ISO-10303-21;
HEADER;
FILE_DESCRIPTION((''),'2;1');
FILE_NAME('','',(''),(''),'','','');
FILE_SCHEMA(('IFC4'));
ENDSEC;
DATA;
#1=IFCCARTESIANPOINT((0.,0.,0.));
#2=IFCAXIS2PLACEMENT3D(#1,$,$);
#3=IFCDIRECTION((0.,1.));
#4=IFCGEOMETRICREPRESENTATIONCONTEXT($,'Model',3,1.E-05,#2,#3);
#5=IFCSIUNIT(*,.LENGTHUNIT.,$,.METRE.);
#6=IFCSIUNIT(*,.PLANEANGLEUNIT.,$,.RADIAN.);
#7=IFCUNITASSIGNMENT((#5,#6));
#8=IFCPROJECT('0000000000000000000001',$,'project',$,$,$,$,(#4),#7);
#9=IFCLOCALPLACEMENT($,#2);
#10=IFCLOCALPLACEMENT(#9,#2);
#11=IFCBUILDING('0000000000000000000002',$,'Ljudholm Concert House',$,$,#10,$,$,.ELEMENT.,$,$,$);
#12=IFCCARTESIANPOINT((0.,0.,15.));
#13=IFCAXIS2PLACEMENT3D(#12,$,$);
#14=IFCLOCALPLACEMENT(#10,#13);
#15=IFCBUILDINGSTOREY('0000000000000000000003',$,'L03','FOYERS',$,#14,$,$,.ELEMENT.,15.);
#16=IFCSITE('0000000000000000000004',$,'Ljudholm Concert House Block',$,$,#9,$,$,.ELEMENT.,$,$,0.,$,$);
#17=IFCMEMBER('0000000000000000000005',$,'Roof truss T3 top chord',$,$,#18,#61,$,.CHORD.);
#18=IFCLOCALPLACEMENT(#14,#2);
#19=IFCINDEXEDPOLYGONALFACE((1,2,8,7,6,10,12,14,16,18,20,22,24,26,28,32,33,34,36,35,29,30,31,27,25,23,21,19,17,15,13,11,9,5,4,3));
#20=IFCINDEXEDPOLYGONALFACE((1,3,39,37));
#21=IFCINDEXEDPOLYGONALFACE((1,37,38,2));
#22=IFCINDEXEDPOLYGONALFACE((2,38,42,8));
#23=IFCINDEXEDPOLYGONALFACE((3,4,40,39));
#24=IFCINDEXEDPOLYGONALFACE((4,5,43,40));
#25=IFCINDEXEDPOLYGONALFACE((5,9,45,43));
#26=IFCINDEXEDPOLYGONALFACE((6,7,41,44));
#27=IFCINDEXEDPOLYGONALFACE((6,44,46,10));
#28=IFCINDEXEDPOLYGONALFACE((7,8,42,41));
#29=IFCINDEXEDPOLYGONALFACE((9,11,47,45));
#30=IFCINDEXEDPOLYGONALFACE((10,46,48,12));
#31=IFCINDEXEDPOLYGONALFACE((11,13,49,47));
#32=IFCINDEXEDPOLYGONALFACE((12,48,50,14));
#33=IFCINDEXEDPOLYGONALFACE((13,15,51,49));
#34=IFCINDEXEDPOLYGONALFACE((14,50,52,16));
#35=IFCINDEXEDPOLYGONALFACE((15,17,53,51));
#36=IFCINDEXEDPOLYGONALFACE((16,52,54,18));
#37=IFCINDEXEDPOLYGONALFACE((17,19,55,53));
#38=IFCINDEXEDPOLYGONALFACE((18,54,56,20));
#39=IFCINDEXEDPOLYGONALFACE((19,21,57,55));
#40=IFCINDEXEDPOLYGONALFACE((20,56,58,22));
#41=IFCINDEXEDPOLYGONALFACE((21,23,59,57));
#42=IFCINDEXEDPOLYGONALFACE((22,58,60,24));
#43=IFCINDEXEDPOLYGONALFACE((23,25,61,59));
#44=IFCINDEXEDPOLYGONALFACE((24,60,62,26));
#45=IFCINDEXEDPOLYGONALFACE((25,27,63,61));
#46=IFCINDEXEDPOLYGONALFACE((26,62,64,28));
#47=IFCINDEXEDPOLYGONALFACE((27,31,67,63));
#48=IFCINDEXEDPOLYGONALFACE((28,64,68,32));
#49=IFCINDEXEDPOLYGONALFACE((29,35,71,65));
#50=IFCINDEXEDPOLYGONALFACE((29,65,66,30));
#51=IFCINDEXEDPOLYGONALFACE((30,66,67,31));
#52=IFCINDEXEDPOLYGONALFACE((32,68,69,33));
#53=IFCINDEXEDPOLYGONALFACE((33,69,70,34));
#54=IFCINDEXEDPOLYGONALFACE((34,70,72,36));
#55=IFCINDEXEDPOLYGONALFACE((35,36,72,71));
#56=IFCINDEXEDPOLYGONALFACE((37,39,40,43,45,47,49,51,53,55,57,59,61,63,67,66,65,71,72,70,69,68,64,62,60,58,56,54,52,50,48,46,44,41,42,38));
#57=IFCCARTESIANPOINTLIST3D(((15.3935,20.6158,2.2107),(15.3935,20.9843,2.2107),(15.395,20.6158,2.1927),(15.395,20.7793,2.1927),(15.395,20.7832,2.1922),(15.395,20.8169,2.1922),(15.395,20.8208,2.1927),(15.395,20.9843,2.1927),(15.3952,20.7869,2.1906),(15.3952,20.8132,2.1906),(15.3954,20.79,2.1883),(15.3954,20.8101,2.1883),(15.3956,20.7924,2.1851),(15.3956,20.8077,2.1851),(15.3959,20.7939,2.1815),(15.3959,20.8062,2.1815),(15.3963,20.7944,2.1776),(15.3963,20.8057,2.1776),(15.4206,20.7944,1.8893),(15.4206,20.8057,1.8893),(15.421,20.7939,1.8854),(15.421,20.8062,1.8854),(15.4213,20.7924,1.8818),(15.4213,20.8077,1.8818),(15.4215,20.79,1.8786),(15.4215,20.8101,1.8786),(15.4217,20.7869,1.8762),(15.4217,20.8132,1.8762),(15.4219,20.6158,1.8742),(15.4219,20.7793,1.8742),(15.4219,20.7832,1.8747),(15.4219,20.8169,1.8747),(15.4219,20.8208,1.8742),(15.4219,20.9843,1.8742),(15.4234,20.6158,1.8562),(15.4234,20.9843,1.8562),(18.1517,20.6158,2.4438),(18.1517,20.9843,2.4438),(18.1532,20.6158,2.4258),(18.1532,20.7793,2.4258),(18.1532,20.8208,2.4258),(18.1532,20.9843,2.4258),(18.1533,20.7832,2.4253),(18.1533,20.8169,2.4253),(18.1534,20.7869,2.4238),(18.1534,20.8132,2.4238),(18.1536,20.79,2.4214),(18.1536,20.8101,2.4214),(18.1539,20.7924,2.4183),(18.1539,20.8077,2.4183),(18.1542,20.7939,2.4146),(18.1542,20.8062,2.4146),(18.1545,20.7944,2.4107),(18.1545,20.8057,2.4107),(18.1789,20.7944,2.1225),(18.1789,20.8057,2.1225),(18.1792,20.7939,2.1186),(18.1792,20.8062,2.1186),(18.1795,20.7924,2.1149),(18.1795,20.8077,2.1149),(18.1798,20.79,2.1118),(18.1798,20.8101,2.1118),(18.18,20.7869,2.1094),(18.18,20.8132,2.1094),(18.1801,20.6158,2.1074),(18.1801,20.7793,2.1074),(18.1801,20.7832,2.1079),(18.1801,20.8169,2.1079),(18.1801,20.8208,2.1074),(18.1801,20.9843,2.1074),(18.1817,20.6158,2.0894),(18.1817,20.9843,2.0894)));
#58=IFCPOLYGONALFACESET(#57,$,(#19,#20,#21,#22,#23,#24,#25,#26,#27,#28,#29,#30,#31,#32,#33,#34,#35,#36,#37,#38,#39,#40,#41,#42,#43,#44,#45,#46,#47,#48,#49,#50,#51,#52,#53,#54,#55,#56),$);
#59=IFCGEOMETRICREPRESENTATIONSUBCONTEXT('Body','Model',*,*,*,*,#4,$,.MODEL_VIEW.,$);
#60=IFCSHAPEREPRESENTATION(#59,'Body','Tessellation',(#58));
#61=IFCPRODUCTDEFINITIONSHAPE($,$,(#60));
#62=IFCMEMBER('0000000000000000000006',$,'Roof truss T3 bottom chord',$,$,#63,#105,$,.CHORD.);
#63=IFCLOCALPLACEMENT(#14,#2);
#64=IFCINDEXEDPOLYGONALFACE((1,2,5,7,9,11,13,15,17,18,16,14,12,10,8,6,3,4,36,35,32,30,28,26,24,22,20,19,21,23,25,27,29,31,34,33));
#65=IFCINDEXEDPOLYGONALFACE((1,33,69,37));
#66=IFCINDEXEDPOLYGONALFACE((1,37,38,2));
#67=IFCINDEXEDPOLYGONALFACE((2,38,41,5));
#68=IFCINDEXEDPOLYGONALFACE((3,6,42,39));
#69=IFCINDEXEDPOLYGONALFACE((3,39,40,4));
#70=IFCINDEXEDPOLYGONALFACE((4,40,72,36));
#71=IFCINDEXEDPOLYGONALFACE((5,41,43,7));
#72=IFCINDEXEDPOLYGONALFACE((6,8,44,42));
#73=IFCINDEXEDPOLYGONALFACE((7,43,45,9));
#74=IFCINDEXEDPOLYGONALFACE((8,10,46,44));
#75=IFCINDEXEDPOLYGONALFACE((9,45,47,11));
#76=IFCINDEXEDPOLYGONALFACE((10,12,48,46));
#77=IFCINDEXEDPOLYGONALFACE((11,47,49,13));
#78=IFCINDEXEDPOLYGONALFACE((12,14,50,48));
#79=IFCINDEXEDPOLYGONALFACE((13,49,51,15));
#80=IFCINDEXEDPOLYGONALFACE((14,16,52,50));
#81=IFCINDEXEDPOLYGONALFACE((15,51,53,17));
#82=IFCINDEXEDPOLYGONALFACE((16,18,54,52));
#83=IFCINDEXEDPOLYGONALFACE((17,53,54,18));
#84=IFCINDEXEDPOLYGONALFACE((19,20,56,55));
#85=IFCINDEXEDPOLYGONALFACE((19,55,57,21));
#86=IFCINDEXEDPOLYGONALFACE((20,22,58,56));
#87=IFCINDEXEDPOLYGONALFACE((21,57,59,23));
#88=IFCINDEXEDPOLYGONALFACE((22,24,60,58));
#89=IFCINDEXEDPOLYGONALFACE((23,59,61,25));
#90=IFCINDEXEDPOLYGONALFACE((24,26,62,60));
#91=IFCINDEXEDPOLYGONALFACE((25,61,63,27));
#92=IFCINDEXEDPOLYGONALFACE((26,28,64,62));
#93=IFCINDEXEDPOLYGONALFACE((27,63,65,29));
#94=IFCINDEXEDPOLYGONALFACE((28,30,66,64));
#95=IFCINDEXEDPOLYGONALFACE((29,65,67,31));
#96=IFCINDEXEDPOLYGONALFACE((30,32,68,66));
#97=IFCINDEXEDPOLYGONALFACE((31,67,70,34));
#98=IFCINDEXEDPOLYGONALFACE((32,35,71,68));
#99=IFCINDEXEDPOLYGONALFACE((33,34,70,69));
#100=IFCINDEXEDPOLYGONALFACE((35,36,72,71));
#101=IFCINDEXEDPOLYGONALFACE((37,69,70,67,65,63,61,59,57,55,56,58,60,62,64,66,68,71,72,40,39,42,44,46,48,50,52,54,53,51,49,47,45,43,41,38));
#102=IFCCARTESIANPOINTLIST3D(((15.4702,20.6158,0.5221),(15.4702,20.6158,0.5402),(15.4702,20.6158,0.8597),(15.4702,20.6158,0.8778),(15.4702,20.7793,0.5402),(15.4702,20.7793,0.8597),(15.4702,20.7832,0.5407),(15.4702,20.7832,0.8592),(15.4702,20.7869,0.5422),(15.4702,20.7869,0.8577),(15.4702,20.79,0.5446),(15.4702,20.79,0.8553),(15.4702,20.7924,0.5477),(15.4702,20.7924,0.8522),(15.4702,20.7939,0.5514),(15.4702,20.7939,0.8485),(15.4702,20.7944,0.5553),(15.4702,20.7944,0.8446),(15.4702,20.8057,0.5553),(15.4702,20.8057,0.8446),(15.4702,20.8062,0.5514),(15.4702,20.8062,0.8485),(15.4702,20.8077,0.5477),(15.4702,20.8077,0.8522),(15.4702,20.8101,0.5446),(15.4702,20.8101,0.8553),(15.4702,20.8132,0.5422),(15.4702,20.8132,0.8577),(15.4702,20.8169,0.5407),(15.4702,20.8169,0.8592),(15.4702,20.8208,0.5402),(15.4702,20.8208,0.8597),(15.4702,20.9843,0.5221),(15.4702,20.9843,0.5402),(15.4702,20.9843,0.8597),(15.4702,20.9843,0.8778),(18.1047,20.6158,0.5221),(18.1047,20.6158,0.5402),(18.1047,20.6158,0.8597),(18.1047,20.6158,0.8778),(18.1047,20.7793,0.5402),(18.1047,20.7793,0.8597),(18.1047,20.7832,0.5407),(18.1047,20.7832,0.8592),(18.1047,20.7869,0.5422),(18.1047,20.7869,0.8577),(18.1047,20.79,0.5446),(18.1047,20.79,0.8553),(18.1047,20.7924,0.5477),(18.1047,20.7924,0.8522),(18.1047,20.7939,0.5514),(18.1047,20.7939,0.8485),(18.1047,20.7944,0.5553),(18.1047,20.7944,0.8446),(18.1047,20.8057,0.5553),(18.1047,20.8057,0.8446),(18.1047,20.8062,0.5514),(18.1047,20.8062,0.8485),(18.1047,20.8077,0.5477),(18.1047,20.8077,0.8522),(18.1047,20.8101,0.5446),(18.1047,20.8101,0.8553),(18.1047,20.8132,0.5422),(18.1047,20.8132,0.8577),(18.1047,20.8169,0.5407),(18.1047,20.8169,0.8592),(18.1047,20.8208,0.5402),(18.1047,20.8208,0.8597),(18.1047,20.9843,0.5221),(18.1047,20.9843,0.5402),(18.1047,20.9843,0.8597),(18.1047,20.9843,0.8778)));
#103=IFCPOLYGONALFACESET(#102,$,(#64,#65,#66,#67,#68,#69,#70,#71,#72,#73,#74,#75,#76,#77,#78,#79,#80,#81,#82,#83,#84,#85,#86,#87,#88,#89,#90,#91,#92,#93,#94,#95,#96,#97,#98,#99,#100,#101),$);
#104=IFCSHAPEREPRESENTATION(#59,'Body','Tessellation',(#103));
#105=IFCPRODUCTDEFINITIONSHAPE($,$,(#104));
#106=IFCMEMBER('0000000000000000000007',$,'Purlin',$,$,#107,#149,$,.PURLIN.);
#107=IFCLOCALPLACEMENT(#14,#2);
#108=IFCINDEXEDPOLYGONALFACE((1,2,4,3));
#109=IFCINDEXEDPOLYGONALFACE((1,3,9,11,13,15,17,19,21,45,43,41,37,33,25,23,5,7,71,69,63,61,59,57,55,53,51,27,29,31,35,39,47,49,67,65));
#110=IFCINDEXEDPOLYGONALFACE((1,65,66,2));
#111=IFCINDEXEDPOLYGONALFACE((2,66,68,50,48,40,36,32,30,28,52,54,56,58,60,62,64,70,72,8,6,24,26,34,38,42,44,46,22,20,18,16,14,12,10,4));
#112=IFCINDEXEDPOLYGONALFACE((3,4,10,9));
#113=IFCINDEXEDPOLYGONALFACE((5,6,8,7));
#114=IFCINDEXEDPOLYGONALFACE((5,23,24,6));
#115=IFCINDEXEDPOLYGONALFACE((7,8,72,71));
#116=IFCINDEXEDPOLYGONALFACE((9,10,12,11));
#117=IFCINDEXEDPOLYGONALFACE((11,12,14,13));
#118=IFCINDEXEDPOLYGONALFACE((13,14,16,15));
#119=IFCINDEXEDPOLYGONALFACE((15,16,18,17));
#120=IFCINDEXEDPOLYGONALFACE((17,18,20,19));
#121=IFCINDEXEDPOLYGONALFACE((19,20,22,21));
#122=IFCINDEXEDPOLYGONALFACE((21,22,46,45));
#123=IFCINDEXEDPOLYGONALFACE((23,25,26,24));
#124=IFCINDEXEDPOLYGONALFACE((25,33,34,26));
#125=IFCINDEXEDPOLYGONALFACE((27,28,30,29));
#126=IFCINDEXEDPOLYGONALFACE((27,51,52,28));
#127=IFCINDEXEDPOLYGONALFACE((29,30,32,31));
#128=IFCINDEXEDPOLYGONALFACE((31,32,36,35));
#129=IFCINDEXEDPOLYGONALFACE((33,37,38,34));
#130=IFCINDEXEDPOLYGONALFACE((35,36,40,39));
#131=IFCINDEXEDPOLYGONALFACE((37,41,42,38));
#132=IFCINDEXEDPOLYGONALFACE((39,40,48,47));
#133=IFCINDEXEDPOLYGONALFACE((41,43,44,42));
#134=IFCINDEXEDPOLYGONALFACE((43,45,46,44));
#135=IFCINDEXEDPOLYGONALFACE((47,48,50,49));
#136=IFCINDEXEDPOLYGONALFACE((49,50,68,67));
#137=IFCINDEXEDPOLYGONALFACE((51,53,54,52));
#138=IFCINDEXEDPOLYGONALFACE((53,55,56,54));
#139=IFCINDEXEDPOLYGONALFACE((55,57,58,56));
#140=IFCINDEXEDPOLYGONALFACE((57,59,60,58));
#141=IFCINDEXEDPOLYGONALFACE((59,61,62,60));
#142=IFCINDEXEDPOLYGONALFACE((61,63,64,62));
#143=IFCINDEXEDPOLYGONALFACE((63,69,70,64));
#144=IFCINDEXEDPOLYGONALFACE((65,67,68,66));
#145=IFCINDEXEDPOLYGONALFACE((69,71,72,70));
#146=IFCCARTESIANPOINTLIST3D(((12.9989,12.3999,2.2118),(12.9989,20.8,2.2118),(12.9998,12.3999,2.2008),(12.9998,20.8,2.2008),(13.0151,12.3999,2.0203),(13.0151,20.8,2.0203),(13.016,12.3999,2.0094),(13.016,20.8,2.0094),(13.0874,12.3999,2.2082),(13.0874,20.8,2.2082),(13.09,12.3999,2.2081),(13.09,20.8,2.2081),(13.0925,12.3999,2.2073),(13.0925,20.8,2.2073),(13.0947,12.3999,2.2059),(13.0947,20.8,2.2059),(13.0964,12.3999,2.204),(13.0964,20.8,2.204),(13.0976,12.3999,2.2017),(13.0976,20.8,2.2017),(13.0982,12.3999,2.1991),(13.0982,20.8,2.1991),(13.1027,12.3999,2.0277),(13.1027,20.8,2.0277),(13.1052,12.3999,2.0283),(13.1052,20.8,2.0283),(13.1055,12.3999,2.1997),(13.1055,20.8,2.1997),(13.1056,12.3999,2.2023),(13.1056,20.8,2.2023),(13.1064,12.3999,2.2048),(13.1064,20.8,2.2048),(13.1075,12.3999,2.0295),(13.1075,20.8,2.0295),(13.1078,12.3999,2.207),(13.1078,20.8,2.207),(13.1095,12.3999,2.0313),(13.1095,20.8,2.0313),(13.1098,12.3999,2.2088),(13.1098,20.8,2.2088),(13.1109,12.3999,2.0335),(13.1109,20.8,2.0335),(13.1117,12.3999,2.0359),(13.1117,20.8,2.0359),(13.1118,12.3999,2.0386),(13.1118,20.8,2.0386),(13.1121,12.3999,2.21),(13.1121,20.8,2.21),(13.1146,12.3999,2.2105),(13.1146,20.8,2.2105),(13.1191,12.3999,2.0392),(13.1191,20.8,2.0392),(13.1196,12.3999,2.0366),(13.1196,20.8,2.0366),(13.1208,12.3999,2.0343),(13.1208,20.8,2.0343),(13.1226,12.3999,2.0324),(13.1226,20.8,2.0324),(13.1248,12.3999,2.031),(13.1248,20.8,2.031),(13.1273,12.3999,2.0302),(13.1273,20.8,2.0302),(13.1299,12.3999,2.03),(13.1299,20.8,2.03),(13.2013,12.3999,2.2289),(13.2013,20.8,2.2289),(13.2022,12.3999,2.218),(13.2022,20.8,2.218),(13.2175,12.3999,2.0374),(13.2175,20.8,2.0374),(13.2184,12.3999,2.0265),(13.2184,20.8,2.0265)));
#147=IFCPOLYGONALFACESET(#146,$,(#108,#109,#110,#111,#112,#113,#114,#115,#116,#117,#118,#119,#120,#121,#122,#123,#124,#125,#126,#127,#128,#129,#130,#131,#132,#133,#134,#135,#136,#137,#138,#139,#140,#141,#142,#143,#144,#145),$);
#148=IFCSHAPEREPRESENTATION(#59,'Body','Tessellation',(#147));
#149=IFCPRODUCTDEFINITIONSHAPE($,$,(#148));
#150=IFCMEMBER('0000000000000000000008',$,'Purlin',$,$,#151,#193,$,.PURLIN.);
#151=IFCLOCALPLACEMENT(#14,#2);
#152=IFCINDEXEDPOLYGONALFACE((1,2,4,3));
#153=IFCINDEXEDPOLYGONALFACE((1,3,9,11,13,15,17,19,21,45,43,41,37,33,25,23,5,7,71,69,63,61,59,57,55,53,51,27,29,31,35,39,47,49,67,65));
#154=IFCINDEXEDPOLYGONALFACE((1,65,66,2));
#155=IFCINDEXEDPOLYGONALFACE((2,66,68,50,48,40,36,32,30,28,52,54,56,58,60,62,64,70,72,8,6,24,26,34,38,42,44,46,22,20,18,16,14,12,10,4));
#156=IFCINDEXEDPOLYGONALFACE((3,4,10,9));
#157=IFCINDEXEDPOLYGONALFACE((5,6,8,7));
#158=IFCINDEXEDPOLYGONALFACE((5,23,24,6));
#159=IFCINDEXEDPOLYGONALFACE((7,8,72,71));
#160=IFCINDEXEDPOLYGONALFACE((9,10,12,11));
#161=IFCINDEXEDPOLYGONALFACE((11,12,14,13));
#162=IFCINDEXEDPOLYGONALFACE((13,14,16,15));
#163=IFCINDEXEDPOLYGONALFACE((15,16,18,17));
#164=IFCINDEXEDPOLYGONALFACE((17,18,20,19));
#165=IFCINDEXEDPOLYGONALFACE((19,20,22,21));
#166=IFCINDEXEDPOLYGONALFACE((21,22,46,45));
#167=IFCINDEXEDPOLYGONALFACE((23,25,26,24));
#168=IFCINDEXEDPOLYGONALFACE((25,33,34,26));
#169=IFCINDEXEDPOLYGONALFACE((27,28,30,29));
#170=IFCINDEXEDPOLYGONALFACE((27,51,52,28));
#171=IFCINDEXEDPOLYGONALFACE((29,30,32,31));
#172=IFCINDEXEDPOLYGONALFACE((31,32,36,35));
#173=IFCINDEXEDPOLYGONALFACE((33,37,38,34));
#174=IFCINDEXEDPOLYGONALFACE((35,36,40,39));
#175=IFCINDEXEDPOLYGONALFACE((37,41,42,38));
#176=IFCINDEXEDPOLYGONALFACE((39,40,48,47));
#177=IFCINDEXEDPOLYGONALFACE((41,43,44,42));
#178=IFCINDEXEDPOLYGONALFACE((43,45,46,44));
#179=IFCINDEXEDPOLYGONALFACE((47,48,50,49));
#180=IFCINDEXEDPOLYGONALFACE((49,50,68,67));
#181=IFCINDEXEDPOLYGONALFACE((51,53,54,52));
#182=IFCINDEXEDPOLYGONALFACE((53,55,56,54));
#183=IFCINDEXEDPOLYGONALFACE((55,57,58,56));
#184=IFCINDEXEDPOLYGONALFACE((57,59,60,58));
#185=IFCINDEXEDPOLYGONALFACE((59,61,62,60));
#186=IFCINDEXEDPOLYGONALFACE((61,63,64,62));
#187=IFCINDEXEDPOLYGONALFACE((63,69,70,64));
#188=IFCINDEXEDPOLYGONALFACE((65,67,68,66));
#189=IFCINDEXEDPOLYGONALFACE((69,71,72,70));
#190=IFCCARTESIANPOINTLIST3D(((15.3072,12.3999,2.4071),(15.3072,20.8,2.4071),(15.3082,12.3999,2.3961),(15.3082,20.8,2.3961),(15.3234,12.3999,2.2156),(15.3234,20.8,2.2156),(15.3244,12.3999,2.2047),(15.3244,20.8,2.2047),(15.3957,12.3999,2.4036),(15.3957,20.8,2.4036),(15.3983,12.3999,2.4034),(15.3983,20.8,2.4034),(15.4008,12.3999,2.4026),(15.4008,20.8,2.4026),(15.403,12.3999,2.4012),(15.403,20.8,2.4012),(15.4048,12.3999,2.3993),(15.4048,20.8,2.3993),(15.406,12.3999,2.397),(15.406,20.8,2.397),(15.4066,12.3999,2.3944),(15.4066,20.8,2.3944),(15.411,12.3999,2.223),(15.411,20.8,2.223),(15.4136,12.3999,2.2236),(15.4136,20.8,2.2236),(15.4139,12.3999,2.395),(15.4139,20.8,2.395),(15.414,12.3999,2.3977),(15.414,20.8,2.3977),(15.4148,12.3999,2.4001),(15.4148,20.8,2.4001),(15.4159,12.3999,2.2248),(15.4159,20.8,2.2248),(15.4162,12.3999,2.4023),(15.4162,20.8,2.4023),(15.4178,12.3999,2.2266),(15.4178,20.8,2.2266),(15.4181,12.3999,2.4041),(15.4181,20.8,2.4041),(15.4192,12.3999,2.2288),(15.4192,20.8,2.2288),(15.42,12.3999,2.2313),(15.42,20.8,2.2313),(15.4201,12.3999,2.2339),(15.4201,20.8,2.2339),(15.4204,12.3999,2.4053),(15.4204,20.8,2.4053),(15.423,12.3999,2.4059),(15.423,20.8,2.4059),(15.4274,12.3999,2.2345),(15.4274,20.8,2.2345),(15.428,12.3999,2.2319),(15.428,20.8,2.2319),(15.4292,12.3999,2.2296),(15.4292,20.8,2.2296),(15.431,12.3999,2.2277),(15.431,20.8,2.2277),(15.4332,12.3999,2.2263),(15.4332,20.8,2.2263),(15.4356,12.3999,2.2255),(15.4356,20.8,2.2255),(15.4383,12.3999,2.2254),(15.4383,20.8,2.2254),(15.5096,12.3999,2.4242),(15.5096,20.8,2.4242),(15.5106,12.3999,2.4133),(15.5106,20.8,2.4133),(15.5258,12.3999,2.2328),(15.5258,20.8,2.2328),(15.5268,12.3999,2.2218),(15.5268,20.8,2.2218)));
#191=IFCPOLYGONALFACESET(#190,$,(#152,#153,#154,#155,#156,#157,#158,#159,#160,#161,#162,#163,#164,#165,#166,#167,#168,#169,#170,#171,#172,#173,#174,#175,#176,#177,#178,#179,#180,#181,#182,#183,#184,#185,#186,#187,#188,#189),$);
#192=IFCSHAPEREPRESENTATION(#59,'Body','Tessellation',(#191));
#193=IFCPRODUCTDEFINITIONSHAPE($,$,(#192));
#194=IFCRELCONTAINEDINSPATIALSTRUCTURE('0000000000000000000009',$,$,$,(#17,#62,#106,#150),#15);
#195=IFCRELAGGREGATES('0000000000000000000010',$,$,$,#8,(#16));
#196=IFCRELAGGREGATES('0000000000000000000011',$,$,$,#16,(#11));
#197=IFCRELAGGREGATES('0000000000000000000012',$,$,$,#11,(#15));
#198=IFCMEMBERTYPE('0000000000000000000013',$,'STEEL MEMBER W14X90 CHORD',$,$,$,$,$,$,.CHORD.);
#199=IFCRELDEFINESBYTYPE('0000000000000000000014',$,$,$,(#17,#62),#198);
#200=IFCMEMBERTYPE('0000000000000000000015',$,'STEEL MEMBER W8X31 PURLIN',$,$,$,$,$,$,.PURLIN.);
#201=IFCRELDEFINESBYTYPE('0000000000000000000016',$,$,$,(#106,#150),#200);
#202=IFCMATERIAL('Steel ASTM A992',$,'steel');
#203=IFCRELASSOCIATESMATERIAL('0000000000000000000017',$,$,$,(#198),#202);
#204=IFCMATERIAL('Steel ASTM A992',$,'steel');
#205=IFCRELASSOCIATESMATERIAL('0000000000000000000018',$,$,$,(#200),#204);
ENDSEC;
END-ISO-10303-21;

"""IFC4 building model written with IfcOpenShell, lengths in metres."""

from ifc_helpers import new_model, si_unit, direction, frame, origin, origin_2d, place, context, subcontext, project, spatial, i_section, extrude, material, material_profile, profile_set, type_object, element, save


model = new_model("IFC4")

# Units and contexts
model_context = context("Model", 3, precision=1e-05, world=origin(), true_north=direction((0.0, 1.0)))
body_context = subcontext(model_context, "Body", "Model", "MODEL_VIEW")
ifc_project = project(units=[si_unit("LENGTHUNIT", "METRE"), si_unit("PLANEANGLEUNIT", "RADIAN")], contexts=[model_context])

# Site, building, storey
site_placement = place(None, origin())
site = spatial("IfcSite", under=ifc_project, at=site_placement, Name="Ljudholm Concert House Block", CompositionType="ELEMENT", RefElevation=0.0)
building_placement = place(site_placement, origin())
building = spatial("IfcBuilding", under=site, at=building_placement, Name="Ljudholm Concert House", CompositionType="ELEMENT")
storey_placement = place(building_placement, frame((0.0, 0.0, 15.0)))
storey = spatial("IfcBuildingStorey", under=building, at=storey_placement, Name="L03", Description="FOYERS", CompositionType="ELEMENT", Elevation=15.0)

# Members
ifc_material_1 = material(Name="Steel ASTM A992", Category="steel")
ifc_material_profile_1 = material_profile(ifc_material_1, i_section(OverallWidth=0.3684, OverallDepth=0.3557, WebThickness=0.0112, FlangeThickness=0.0181, FilletRadius=0.0151, at=origin_2d()), Name="W14X90")
ifc_profile_set_1 = profile_set([ifc_material_profile_1], Name="Steel ASTM A992")
member_type_1 = type_object("IfcMemberType", Name="STEEL MEMBER W14X90 CHORD", PredefinedType="CHORD", material=ifc_profile_set_1)
member_1_placement = place(storey_placement, frame((15.4084, 20.8, 2.0334), z_axis=(0.996447, 0.0, 0.084228), x_axis=(0.0, 1.0, 0.0)))
element("IfcMember", 1, at=member_1_placement, inside=storey, type_object=member_type_1, Name="Roof truss T3 top chord", PredefinedType="CHORD", context=body_context, shape_type="SweptSolid", body=[
    extrude(i_section(OverallWidth=0.3684, OverallDepth=0.3557, WebThickness=0.0112, FlangeThickness=0.0181, FilletRadius=0.0151, at=origin_2d()), origin(), (0.0, 0.0, 1.0), 2.7681),
])
member_2_placement = place(storey_placement, frame((15.4702, 20.8, 0.7), z_axis=(1.0, 0.0, 0.0), x_axis=(0.0, 1.0, 0.0)))
element("IfcMember", 2, at=member_2_placement, inside=storey, type_object=member_type_1, Name="Roof truss T3 bottom chord", PredefinedType="CHORD", context=body_context, shape_type="SweptSolid", body=[
    extrude(i_section(OverallWidth=0.3684, OverallDepth=0.3557, WebThickness=0.0112, FlangeThickness=0.0181, FilletRadius=0.0151, at=origin_2d()), origin(), (0.0, 0.0, 1.0), 2.6345),
])
ifc_material_2 = material(Name="Steel ASTM A992", Category="steel")
ifc_material_profile_2 = material_profile(ifc_material_2, i_section(OverallWidth=0.2031, OverallDepth=0.2031, WebThickness=0.0073, FlangeThickness=0.011, FilletRadius=0.01, at=origin_2d()), Name="W8X31")
ifc_profile_set_2 = profile_set([ifc_material_profile_2], Name="Steel ASTM A992")
member_type_2 = type_object("IfcMemberType", Name="STEEL MEMBER W8X31 PURLIN", PredefinedType="PURLIN", material=ifc_profile_set_2)
for number, where, z_axis, x_axis, name in (
    (3, (13.1086, 12.3999, 2.1191), (0.0, 1.0, 0.0), (-0.996441, 0.0, -0.084291), "Purlin"),
    (4, (15.417, 12.3999, 2.3145), (0.0, 1.0, 0.0), (-0.996441, 0.0, -0.084291), "Purlin"),
):
    element("IfcMember", number, at=place(storey_placement, frame(where, z_axis=z_axis, x_axis=x_axis)), inside=storey, type_object=member_type_2, Name=name, PredefinedType="PURLIN", context=body_context, shape_type="SweptSolid", body=[
        extrude(i_section(OverallWidth=0.2031, OverallDepth=0.2031, WebThickness=0.0073, FlangeThickness=0.011, FilletRadius=0.01, at=origin_2d()), origin(), (0.0, 0.0, 1.0), 8.4001),
    ])

save(model, "model.ifc")
